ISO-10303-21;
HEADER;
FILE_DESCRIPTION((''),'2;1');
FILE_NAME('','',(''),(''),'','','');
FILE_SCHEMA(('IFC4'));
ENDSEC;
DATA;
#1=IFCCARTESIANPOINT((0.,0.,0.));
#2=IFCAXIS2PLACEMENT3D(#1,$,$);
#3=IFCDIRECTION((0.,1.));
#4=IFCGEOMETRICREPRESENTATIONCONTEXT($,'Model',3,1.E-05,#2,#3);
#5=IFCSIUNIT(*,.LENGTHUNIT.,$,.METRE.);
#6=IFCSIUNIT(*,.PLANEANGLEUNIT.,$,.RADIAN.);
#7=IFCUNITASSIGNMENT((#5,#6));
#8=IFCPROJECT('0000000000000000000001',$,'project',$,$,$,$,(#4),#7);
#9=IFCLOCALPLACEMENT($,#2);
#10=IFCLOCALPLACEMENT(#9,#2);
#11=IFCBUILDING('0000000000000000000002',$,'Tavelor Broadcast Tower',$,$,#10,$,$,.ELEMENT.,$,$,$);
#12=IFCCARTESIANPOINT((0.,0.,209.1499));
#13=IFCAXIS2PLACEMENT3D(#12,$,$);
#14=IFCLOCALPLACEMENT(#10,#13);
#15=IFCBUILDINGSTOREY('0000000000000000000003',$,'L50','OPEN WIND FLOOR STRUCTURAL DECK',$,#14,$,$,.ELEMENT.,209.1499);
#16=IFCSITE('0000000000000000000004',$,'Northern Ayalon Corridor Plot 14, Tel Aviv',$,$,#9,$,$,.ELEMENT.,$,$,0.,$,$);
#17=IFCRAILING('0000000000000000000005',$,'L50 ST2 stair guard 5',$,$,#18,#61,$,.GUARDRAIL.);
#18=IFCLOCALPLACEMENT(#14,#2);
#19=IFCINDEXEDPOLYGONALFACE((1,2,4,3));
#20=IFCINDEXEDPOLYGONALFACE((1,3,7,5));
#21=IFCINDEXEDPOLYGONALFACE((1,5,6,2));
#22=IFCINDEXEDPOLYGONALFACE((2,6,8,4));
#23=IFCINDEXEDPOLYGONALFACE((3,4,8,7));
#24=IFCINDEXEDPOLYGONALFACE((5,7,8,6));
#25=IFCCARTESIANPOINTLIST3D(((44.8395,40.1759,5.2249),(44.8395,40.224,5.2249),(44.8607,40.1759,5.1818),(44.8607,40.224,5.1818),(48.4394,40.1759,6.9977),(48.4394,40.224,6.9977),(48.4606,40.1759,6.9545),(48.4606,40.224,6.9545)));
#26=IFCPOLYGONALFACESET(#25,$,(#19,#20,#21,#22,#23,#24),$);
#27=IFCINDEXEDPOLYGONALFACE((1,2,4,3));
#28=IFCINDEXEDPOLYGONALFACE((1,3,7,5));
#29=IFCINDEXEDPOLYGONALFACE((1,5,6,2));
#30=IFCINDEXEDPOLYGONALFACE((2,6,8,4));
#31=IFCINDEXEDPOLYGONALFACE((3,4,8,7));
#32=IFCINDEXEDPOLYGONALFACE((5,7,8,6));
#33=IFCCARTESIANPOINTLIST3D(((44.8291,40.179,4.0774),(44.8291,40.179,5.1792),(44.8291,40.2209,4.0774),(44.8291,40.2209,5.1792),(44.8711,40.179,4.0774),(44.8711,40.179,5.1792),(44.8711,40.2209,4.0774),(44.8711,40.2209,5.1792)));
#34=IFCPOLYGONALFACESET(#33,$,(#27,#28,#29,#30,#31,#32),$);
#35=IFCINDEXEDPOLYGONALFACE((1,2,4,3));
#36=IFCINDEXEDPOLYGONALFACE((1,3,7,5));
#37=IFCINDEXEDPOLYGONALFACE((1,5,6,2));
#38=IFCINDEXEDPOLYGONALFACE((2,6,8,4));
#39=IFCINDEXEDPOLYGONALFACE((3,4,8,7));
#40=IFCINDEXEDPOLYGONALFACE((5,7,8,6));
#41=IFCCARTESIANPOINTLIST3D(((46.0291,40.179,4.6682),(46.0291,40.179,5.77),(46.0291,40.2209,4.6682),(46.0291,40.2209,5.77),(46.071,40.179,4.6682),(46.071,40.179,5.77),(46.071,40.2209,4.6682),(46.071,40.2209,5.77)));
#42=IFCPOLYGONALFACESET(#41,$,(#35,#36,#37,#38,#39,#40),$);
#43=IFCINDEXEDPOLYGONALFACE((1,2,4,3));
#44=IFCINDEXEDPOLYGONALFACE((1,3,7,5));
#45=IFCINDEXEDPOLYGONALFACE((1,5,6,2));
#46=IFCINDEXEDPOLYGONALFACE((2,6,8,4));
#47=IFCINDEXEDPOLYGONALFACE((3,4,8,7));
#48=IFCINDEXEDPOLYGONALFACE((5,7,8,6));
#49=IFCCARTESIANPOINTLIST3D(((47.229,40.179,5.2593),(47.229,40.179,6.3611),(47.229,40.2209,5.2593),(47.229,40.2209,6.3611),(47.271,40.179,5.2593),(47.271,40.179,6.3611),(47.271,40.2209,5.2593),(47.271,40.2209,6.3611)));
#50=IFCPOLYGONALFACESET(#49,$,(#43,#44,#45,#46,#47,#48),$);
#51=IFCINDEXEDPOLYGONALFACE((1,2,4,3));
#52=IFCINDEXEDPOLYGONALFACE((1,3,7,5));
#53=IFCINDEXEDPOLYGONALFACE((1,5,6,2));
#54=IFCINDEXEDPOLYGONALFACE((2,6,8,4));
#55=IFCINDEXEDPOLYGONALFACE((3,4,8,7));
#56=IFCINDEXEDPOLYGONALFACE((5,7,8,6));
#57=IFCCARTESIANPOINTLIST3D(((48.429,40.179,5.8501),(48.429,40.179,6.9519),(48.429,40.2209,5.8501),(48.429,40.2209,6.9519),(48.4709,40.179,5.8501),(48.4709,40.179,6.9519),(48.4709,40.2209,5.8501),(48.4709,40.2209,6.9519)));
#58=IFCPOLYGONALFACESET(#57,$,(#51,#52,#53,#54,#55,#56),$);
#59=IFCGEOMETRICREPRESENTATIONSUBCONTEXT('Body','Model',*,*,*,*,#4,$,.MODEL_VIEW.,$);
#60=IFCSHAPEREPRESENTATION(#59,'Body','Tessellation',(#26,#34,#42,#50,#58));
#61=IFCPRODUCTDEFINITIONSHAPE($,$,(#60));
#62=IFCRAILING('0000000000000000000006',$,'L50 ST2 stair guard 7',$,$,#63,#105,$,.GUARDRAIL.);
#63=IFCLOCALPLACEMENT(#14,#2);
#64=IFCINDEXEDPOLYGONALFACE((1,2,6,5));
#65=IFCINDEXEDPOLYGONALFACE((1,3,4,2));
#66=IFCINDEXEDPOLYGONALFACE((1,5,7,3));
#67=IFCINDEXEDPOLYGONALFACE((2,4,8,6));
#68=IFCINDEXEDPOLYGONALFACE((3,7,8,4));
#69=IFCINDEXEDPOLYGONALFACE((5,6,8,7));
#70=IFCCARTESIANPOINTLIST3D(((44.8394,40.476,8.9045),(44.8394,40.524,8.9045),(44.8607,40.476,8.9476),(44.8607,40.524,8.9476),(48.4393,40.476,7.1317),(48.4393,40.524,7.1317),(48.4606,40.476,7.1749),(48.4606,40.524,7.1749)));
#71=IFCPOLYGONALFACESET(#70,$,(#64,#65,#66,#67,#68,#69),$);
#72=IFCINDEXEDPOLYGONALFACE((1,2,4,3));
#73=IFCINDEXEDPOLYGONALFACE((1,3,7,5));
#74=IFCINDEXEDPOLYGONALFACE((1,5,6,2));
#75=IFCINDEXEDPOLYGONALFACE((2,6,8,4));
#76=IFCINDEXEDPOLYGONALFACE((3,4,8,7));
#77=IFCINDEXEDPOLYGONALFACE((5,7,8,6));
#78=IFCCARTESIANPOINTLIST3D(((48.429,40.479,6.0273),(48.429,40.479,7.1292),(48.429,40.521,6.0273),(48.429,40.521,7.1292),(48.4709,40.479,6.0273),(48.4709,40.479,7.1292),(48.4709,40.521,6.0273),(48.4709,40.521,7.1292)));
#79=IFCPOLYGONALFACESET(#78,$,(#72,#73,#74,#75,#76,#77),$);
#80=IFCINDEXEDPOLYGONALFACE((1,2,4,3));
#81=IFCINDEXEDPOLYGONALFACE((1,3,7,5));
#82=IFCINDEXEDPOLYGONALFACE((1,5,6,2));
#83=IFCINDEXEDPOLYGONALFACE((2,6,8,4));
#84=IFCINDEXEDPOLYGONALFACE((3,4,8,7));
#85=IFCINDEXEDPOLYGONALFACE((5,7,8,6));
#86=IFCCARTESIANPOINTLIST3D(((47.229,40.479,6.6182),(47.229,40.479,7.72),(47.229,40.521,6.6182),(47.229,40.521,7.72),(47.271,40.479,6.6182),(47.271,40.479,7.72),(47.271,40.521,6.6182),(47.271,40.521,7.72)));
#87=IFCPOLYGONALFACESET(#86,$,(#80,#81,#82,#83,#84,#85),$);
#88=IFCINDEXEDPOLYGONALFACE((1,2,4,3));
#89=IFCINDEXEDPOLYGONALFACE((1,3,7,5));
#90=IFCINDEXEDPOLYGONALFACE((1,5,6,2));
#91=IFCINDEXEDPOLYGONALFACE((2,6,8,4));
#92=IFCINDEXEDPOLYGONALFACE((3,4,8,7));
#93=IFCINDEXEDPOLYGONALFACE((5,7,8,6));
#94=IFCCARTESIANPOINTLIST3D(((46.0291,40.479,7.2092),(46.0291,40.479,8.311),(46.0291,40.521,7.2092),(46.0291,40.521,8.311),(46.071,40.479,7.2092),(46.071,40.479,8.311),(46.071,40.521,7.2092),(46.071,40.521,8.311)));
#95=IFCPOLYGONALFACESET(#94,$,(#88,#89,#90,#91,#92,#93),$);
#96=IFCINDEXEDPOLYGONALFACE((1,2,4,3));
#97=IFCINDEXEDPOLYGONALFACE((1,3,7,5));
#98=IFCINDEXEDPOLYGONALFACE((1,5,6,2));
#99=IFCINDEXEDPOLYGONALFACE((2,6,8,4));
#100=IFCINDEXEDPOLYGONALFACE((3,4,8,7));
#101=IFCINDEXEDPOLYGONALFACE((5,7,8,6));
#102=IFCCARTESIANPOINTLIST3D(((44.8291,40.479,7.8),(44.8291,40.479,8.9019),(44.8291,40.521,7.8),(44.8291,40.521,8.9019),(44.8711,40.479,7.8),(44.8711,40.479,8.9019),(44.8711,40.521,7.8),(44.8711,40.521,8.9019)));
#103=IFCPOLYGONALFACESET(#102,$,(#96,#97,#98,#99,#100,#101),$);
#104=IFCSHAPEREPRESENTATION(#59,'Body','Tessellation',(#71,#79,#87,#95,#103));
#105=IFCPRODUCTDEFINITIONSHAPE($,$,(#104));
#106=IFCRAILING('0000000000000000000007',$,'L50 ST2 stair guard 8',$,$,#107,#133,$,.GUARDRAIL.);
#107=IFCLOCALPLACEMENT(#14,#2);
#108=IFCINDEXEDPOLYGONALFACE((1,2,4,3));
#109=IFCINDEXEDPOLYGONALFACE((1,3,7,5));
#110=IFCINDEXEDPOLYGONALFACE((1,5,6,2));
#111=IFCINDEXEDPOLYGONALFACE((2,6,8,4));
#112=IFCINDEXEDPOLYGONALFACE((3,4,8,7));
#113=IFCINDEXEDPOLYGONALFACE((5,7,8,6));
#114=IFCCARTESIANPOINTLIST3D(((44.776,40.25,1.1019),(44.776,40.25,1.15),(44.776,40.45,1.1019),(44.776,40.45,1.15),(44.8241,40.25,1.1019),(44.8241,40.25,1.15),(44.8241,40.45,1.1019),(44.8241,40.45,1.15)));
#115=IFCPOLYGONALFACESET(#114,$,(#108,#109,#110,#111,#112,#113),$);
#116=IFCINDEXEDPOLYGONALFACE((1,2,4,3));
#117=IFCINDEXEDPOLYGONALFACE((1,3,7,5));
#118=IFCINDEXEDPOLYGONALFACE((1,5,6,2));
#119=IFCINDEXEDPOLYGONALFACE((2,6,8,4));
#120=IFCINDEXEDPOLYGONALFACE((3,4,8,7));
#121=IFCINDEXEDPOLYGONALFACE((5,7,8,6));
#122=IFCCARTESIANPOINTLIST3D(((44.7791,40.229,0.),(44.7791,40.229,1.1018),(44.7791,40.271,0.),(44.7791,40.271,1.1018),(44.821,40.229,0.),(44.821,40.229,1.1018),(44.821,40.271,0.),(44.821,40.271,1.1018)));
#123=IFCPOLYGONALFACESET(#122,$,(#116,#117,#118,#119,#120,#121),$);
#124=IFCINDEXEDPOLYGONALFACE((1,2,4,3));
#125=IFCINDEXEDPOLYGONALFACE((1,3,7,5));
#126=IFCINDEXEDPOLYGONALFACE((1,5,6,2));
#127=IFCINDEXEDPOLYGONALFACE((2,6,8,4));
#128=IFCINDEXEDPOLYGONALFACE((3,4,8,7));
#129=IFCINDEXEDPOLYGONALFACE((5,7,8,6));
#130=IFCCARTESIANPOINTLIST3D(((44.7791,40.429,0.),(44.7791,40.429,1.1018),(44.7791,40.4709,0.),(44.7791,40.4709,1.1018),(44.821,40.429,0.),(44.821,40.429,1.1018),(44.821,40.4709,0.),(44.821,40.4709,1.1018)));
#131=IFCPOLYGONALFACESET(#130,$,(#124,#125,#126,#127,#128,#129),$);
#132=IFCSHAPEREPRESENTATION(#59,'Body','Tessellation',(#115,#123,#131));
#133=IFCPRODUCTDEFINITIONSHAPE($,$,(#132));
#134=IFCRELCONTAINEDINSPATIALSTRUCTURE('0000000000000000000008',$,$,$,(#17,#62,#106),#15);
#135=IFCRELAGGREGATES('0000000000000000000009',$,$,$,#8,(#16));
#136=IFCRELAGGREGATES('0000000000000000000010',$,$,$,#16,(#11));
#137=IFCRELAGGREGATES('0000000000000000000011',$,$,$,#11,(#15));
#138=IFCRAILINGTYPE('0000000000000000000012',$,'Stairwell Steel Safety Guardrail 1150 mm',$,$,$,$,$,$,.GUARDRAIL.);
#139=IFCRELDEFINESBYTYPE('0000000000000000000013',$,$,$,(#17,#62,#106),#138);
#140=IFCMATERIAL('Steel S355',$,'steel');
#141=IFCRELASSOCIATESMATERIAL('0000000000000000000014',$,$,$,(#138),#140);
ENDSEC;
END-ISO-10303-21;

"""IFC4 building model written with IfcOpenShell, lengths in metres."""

from ifc_helpers import new_model, si_unit, direction, frame, origin, origin_2d, place, context, subcontext, project, spatial, rectangle, extrude, material, type_object, element, save


model = new_model("IFC4")

# Units and contexts
model_context = context("Model", 3, precision=1e-05, world=origin(), true_north=direction((0.0, 1.0)))
body_context = subcontext(model_context, "Body", "Model", "MODEL_VIEW")
ifc_project = project(units=[si_unit("LENGTHUNIT", "METRE"), si_unit("PLANEANGLEUNIT", "RADIAN")], contexts=[model_context])

# Site, building, storey
site_placement = place(None, origin())
site = spatial("IfcSite", under=ifc_project, at=site_placement, Name="Northern Ayalon Corridor Plot 14, Tel Aviv", CompositionType="ELEMENT", RefElevation=0.0)
building_placement = place(site_placement, origin())
building = spatial("IfcBuilding", under=site, at=building_placement, Name="Tavelor Broadcast Tower", CompositionType="ELEMENT")
storey_placement = place(building_placement, frame((0.0, 0.0, 209.1499)))
storey = spatial("IfcBuildingStorey", under=building, at=storey_placement, Name="L50", Description="OPEN WIND FLOOR STRUCTURAL DECK", CompositionType="ELEMENT", Elevation=209.1499)

# Shared definitions
ifc_material_1 = material(Name="Steel S355", Category="steel")

# Railings
railing_type_1 = type_object("IfcRailingType", Name="Stairwell Steel Safety Guardrail 1150 mm", PredefinedType="GUARDRAIL", material=ifc_material_1)
railing_1_placement = place(storey_placement, frame((44.8501, 40.2, 4.0774)))
element("IfcRailing", 1, at=railing_1_placement, inside=storey, type_object=railing_type_1, Name="L50 ST2 stair guard 5", PredefinedType="GUARDRAIL", context=body_context, shape_type="SweptSolid", body=[
    extrude(rectangle(XDim=0.0481, YDim=0.0481, at=origin_2d()), frame((0.0, 0.0, 1.126), z_axis=(0.897124, 0.0, 0.441778), x_axis=(0.0, 1.0, 0.0)), (0.0, 0.0, 1.0), 4.0127),
    extrude(rectangle(XDim=0.042, YDim=0.042, at=origin_2d()), origin(), (0.0, 0.0, 1.0), 1.1018),
    extrude(rectangle(XDim=0.042, YDim=0.042, at=origin_2d()), frame((1.2, 0.0, 0.5908)), (0.0, 0.0, 1.0), 1.1018),
    extrude(rectangle(XDim=0.042, YDim=0.042, at=origin_2d()), frame((2.3999, 0.0, 1.1819)), (0.0, 0.0, 1.0), 1.1018),
    extrude(rectangle(XDim=0.042, YDim=0.042, at=origin_2d()), frame((3.5999, 0.0, 1.7727)), (0.0, 0.0, 1.0), 1.1018),
])
railing_2_placement = place(storey_placement, frame((48.45, 40.5, 6.0273)))
element("IfcRailing", 2, at=railing_2_placement, inside=storey, type_object=railing_type_1, Name="L50 ST2 stair guard 7", PredefinedType="GUARDRAIL", context=body_context, shape_type="SweptSolid", body=[
    extrude(rectangle(XDim=0.0481, YDim=0.0481, at=origin_2d()), frame((0.0, 0.0, 1.126), z_axis=(-0.897124, 0.0, 0.441778), x_axis=(0.0, -1.0, 0.0)), (0.0, 0.0, 1.0), 4.0127),
    extrude(rectangle(XDim=0.042, YDim=0.042, at=origin_2d()), origin(), (0.0, 0.0, 1.0), 1.1018),
    extrude(rectangle(XDim=0.042, YDim=0.042, at=origin_2d()), frame((-1.2, 0.0, 0.5908)), (0.0, 0.0, 1.0), 1.1018),
    extrude(rectangle(XDim=0.042, YDim=0.042, at=origin_2d()), frame((-2.3999, 0.0, 1.1819)), (0.0, 0.0, 1.0), 1.1018),
    extrude(rectangle(XDim=0.042, YDim=0.042, at=origin_2d()), frame((-3.5999, 0.0, 1.7727)), (0.0, 0.0, 1.0), 1.1018),
])
railing_3_placement = place(storey_placement, frame((44.8, 40.25, 0.0)))
element("IfcRailing", 3, at=railing_3_placement, inside=storey, type_object=railing_type_1, Name="L50 ST2 stair guard 8", PredefinedType="GUARDRAIL", context=body_context, shape_type="SweptSolid", body=[
    extrude(rectangle(XDim=0.0481, YDim=0.0481, at=origin_2d()), frame((0.0, 0.0, 1.126), z_axis=(0.0, 1.0, 0.0), x_axis=(-1.0, 0.0, 0.0)), (0.0, 0.0, 1.0), 0.2),
    extrude(rectangle(XDim=0.042, YDim=0.042, at=origin_2d()), origin(), (0.0, 0.0, 1.0), 1.1018),
    extrude(rectangle(XDim=0.042, YDim=0.042, at=origin_2d()), frame((0.0, 0.2, 0.0)), (0.0, 0.0, 1.0), 1.1018),
])

save(model, "model.ifc")
